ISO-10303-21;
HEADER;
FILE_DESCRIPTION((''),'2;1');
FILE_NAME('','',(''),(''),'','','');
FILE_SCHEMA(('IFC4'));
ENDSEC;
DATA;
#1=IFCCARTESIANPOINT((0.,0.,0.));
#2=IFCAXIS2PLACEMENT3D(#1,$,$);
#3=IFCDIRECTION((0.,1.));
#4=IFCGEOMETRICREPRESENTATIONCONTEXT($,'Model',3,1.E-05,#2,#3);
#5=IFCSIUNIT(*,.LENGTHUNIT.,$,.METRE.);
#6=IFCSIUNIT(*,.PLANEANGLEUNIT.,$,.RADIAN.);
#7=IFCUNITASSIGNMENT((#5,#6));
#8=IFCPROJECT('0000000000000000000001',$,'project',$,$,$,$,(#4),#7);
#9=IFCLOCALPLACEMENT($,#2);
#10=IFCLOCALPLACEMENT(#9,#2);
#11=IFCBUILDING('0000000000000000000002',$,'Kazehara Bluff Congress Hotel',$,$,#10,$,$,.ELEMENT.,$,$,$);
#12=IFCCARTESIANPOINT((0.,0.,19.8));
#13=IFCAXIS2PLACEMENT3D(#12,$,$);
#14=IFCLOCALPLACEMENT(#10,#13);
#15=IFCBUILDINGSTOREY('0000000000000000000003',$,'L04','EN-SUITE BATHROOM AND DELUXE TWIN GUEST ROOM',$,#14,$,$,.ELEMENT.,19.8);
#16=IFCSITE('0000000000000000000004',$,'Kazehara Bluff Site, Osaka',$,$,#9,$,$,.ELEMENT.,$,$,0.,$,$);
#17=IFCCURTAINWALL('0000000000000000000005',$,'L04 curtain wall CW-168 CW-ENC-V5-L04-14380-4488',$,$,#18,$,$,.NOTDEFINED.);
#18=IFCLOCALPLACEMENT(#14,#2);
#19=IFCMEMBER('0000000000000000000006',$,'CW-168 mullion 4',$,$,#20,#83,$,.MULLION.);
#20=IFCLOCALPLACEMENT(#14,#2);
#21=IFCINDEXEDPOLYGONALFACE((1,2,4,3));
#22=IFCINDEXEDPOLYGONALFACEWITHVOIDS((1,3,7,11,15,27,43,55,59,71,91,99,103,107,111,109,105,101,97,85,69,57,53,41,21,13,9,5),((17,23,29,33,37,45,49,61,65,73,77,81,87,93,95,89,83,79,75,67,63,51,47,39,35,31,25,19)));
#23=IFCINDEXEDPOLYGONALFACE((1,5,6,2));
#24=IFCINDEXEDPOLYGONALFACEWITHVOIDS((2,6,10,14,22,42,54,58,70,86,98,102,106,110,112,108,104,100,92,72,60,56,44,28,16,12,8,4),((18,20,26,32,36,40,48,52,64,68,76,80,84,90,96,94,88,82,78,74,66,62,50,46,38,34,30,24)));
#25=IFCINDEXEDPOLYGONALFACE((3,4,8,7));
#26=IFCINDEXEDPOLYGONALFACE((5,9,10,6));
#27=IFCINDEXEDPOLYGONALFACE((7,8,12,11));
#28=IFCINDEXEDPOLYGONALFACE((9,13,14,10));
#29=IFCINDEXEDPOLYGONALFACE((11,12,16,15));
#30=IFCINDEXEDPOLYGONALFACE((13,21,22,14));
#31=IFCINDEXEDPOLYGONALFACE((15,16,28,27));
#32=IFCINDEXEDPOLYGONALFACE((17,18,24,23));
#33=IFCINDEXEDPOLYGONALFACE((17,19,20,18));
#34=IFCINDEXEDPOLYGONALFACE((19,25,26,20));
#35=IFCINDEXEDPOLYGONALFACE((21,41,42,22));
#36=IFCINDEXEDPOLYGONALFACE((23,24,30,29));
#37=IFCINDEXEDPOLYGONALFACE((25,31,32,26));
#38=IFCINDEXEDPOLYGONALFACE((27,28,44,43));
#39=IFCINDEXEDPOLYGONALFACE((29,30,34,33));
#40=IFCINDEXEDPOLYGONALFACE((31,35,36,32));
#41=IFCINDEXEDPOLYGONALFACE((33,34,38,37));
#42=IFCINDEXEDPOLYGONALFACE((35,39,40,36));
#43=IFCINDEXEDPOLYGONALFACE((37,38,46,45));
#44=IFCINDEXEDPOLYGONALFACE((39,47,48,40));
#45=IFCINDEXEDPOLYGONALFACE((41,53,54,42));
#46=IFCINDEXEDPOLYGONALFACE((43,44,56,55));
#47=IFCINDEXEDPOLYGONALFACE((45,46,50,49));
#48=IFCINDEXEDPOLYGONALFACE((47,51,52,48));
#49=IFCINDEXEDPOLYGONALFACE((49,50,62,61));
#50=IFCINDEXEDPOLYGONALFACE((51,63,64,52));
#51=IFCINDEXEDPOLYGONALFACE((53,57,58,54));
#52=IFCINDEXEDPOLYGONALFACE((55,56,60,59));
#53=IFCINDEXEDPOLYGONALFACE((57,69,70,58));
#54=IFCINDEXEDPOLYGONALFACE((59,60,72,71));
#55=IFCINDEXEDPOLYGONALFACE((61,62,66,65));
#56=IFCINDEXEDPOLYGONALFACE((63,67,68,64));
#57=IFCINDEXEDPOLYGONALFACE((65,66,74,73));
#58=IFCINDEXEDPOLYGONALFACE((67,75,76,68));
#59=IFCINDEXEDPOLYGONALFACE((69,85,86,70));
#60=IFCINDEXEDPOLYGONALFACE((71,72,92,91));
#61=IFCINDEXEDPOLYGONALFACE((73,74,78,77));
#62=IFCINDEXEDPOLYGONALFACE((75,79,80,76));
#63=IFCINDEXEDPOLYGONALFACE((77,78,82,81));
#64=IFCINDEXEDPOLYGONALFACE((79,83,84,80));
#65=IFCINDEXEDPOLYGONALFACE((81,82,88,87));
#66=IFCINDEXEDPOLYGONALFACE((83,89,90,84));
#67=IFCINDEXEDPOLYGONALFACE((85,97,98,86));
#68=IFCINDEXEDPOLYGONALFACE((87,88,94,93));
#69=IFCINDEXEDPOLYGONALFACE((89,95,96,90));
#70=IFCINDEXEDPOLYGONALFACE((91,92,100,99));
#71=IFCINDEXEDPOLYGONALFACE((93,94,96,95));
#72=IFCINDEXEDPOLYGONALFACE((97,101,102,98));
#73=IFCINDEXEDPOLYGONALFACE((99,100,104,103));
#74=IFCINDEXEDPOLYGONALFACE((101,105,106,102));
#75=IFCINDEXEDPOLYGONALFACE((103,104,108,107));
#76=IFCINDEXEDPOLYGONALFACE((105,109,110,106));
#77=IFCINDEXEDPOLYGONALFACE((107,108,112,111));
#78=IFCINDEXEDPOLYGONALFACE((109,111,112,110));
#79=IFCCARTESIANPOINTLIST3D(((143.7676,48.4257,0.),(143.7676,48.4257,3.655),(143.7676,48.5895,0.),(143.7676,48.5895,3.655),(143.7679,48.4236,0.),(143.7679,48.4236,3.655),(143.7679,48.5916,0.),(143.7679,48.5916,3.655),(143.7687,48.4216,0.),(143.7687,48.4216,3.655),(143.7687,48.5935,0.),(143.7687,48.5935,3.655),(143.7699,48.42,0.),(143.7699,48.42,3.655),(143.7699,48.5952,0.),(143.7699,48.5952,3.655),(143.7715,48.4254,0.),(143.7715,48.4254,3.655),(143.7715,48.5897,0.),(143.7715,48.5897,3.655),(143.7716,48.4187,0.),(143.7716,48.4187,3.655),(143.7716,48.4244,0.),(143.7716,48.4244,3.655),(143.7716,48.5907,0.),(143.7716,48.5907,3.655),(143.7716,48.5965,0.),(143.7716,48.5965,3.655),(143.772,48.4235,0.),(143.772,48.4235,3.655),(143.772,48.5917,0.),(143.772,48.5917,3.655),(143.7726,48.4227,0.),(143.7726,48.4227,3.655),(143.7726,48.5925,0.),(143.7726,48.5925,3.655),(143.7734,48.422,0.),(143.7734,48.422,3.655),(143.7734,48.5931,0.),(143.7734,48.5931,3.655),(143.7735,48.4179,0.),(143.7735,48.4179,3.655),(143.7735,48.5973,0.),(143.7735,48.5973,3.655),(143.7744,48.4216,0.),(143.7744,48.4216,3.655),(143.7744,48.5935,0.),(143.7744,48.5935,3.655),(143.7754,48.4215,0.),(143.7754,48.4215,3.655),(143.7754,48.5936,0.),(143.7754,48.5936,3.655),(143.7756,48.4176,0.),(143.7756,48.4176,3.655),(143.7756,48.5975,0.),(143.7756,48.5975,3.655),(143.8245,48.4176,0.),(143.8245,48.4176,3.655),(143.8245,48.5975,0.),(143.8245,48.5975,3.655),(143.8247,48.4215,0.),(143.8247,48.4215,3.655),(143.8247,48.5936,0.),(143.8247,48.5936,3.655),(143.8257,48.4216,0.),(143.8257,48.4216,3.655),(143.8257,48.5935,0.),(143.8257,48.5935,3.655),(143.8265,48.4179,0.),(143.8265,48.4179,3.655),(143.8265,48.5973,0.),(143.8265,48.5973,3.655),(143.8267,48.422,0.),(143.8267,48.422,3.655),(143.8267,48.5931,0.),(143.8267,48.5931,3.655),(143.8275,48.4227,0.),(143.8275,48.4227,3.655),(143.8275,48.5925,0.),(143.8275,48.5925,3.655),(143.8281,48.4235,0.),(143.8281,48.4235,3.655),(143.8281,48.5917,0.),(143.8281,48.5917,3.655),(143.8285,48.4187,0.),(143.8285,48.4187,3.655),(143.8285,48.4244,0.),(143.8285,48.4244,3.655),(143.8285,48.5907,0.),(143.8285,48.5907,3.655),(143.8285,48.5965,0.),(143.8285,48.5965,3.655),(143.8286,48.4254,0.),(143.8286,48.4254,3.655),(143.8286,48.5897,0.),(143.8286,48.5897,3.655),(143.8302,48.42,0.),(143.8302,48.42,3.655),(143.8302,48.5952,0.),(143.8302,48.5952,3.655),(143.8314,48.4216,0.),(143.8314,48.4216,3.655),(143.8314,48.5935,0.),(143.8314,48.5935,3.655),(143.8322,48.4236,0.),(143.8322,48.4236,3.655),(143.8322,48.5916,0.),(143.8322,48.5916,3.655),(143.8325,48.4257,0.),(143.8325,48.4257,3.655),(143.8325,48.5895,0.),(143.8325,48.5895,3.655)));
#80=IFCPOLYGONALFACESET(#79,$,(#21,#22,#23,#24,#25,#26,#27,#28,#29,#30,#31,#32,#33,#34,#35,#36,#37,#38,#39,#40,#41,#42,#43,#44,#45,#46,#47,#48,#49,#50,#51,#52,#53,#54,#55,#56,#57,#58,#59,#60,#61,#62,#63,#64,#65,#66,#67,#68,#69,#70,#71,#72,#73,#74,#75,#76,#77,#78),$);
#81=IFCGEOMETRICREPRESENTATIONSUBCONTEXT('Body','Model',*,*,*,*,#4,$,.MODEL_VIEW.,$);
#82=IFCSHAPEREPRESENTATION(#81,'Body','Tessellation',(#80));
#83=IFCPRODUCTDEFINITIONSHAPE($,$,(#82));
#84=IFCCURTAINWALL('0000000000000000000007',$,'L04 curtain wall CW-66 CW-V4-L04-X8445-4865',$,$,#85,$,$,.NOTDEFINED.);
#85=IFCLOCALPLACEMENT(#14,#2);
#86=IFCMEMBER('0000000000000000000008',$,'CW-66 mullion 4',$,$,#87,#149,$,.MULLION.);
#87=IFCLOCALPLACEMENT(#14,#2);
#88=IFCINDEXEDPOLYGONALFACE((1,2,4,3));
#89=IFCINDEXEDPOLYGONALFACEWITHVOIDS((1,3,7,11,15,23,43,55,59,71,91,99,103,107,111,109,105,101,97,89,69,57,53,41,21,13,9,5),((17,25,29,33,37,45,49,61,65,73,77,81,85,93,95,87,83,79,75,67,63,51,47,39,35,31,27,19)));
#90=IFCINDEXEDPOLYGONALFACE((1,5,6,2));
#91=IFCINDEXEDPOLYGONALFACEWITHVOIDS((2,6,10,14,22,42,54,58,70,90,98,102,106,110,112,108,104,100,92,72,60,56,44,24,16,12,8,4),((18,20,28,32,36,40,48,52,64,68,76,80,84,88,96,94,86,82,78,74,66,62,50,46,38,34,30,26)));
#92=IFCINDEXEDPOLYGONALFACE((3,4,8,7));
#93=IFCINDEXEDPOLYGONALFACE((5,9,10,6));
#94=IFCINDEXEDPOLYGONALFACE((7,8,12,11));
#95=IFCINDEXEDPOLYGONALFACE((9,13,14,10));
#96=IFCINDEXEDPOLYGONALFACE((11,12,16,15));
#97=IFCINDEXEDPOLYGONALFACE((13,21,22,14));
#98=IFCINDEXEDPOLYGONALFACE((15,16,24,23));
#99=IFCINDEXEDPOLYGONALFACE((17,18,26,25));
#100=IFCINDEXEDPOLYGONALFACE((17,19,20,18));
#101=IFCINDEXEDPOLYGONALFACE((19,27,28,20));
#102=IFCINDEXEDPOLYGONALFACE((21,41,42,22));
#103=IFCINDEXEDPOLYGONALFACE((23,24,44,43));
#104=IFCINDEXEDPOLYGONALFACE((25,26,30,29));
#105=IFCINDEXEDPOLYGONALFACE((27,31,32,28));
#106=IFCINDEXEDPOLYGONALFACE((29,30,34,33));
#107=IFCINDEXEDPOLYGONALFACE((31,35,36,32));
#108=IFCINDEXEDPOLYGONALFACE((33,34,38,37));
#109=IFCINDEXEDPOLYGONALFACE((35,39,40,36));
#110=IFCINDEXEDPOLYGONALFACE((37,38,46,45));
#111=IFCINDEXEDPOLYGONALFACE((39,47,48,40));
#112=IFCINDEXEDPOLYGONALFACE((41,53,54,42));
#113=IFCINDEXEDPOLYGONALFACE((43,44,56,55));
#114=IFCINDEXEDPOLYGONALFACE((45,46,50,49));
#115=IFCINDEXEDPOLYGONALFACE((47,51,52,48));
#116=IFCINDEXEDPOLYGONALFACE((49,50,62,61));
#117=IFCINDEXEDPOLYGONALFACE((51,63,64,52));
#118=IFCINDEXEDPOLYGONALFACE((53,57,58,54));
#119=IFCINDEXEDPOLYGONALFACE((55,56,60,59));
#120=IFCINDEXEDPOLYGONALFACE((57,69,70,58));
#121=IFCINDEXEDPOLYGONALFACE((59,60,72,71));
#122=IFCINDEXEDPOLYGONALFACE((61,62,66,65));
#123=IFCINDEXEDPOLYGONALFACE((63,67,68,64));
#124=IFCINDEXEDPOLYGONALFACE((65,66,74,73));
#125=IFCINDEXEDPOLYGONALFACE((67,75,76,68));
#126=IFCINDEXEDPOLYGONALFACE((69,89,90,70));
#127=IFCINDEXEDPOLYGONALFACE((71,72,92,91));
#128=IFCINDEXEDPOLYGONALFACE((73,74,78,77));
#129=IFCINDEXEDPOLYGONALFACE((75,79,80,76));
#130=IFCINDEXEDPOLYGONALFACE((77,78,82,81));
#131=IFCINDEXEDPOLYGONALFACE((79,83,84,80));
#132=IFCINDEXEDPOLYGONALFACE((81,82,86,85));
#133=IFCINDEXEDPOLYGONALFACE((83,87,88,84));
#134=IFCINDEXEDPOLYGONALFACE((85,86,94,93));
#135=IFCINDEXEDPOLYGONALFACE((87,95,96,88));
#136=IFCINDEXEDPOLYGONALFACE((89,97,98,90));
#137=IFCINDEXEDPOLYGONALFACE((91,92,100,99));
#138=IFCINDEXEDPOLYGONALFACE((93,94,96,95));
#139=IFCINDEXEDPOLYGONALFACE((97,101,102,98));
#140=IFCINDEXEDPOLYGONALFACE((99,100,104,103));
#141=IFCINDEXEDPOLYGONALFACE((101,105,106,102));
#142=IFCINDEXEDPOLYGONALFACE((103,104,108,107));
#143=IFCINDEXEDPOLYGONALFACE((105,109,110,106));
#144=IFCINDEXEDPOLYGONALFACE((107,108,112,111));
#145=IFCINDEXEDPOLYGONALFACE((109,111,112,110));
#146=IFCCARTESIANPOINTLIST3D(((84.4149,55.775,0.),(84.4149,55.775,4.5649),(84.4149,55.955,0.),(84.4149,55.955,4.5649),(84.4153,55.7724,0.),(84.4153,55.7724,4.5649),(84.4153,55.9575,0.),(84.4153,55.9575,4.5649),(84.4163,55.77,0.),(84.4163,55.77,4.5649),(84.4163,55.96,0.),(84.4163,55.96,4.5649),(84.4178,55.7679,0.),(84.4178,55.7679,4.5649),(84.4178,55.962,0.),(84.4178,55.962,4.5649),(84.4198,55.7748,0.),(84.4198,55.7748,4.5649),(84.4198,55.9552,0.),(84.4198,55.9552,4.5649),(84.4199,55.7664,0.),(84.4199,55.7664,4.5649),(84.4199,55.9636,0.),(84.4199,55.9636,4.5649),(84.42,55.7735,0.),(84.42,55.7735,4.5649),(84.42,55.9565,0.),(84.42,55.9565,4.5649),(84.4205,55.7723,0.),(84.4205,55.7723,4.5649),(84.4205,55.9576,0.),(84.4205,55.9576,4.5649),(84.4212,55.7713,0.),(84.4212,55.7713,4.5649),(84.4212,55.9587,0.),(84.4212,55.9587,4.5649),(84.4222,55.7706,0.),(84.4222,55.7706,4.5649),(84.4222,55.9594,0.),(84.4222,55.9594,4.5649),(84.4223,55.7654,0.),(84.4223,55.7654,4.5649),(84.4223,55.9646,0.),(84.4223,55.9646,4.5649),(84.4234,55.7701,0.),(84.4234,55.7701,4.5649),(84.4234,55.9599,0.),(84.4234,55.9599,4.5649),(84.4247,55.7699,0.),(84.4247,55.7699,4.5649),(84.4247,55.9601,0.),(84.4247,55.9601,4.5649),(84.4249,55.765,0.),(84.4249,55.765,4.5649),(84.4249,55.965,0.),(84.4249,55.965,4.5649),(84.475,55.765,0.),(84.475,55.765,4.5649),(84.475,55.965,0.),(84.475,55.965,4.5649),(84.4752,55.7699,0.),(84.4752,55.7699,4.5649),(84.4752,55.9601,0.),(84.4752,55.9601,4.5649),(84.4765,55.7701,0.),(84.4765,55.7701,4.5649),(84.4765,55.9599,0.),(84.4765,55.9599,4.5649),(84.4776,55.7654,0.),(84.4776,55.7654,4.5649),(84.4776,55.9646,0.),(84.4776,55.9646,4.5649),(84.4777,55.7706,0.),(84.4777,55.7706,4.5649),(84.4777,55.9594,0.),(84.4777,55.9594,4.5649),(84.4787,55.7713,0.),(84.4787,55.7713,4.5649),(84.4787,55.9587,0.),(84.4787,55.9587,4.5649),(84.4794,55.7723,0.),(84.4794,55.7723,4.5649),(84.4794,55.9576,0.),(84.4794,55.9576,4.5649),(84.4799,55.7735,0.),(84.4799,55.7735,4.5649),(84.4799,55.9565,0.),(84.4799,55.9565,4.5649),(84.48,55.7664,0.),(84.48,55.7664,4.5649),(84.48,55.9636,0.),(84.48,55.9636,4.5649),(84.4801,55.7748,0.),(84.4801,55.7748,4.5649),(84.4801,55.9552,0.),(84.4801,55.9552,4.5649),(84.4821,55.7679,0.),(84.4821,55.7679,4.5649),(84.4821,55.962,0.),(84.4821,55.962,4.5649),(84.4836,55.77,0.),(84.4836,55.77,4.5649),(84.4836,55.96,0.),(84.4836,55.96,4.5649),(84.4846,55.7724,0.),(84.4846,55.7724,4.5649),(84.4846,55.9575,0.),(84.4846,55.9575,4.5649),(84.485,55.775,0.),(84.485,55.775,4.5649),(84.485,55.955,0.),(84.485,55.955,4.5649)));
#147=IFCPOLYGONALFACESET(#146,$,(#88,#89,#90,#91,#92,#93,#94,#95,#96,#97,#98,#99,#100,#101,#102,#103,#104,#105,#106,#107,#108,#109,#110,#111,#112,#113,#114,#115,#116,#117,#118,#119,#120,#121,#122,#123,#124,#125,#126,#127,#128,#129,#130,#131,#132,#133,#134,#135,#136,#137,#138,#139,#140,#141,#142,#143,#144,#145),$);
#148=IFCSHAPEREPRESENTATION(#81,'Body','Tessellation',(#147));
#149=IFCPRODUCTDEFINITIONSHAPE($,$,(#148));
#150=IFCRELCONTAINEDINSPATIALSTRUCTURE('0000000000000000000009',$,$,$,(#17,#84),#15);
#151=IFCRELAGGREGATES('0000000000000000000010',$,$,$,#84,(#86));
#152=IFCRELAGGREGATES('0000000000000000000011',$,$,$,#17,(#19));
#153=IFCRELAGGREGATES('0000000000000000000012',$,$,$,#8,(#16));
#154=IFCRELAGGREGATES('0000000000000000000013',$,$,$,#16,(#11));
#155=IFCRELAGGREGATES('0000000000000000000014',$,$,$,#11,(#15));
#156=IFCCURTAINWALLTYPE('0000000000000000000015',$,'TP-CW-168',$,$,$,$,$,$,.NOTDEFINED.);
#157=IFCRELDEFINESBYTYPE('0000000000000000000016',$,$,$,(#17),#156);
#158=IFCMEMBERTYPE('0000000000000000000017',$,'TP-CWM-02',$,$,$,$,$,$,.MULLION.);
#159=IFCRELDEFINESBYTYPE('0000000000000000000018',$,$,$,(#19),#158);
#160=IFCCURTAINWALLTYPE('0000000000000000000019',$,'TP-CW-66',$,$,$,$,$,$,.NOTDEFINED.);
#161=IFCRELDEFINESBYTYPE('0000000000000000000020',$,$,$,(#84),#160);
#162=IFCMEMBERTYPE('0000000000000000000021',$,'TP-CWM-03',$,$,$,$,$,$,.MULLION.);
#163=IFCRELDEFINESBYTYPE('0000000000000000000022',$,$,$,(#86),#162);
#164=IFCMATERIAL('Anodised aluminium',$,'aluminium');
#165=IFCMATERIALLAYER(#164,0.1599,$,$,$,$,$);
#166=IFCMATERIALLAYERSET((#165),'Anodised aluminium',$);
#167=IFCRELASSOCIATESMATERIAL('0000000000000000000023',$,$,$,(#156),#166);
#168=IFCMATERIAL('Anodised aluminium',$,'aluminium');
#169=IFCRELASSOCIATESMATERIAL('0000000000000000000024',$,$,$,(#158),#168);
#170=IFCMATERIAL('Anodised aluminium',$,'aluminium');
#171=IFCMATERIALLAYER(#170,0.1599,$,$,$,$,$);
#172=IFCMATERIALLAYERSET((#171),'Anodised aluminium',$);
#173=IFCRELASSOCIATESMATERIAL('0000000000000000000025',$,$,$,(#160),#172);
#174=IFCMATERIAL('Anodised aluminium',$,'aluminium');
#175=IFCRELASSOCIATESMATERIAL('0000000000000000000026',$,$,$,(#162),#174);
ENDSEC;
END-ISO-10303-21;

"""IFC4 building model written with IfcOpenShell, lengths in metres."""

from ifc_helpers import new_model, si_unit, direction, frame, origin, origin_2d, place, context, subcontext, project, spatial, hollow_rectangle, extrude, material, layer, layer_set, material_profile, profile_set, type_object, element, aggregate, save


model = new_model("IFC4")

# Units and contexts
model_context = context("Model", 3, precision=1e-05, world=origin(), true_north=direction((0.0, 1.0)))
body_context = subcontext(model_context, "Body", "Model", "MODEL_VIEW")
ifc_project = project(units=[si_unit("LENGTHUNIT", "METRE"), si_unit("PLANEANGLEUNIT", "RADIAN")], contexts=[model_context])

# Site, building, storey
site_placement = place(None, origin())
site = spatial("IfcSite", under=ifc_project, at=site_placement, Name="Kazehara Bluff Site, Osaka", CompositionType="ELEMENT", RefElevation=0.0)
building_placement = place(site_placement, origin())
building = spatial("IfcBuilding", under=site, at=building_placement, Name="Kazehara Bluff Congress Hotel", CompositionType="ELEMENT")
storey_placement = place(building_placement, frame((0.0, 0.0, 19.8)))
storey = spatial("IfcBuildingStorey", under=building, at=storey_placement, Name="L04", Description="EN-SUITE BATHROOM AND DELUXE TWIN GUEST ROOM", CompositionType="ELEMENT", Elevation=19.8)

# Curtain wall, member
ifc_material_1 = material(Name="Anodised aluminium", Category="aluminium")
ifc_layer_1 = layer(ifc_material_1, 0.1599)
ifc_layer_set_1 = layer_set([ifc_layer_1], Name="Anodised aluminium")
curtain_wall_type_1 = type_object("IfcCurtainWallType", Name="TP-CW-168", PredefinedType="NOTDEFINED", material=ifc_layer_set_1)
curtain_wall_1_placement = place(storey_placement, origin())
curtain_wall_1 = element("IfcCurtainWall", 1, at=curtain_wall_1_placement, inside=storey, type_object=curtain_wall_type_1, Name="L04 curtain wall CW-168 CW-ENC-V5-L04-14380-4488", PredefinedType="NOTDEFINED")
ifc_material_2 = material(Name="Anodised aluminium", Category="aluminium")
ifc_material_profile_1 = material_profile(ifc_material_2, hollow_rectangle(XDim=0.0649, YDim=0.1799, WallThickness=0.0039, InnerFilletRadius=0.0039, OuterFilletRadius=0.0081, at=origin_2d()))
ifc_profile_set_1 = profile_set([ifc_material_profile_1], Name="Anodised aluminium")
member_type_1 = type_object("IfcMemberType", Name="TP-CWM-02", PredefinedType="MULLION", material=ifc_profile_set_1)
member_1_placement = place(storey_placement, frame((143.8, 48.5076, 0.0), z_axis=(0.0, 0.0, 1.0), x_axis=(-1.0, 0.0, 0.0)))
member_1 = element("IfcMember", 2, at=member_1_placement, type_object=member_type_1, Name="CW-168 mullion 4", PredefinedType="MULLION", context=body_context, shape_type="SweptSolid", body=[
    extrude(hollow_rectangle(XDim=0.0649, YDim=0.1799, WallThickness=0.0039, InnerFilletRadius=0.0039, OuterFilletRadius=0.0081, at=origin_2d()), origin(), (0.0, 0.0, 1.0), 3.655),
])

# Curtain wall, member
ifc_material_3 = material(Name="Anodised aluminium", Category="aluminium")
ifc_layer_2 = layer(ifc_material_3, 0.1599)
ifc_layer_set_2 = layer_set([ifc_layer_2], Name="Anodised aluminium")
curtain_wall_type_2 = type_object("IfcCurtainWallType", Name="TP-CW-66", PredefinedType="NOTDEFINED", material=ifc_layer_set_2)
curtain_wall_2_placement = place(storey_placement, origin())
curtain_wall_2 = element("IfcCurtainWall", 3, at=curtain_wall_2_placement, inside=storey, type_object=curtain_wall_type_2, Name="L04 curtain wall CW-66 CW-V4-L04-X8445-4865", PredefinedType="NOTDEFINED")
ifc_material_4 = material(Name="Anodised aluminium", Category="aluminium")
ifc_material_profile_2 = material_profile(ifc_material_4, hollow_rectangle(XDim=0.0701, YDim=0.2, WallThickness=0.0049, InnerFilletRadius=0.0049, OuterFilletRadius=0.01, at=origin_2d()))
ifc_profile_set_2 = profile_set([ifc_material_profile_2], Name="Anodised aluminium")
member_type_2 = type_object("IfcMemberType", Name="TP-CWM-03", PredefinedType="MULLION", material=ifc_profile_set_2)
member_2_placement = place(storey_placement, frame((84.45, 55.865, 0.0), z_axis=(0.0, 0.0, 1.0), x_axis=(-1.0, 0.0, 0.0)))
member_2 = element("IfcMember", 4, at=member_2_placement, type_object=member_type_2, Name="CW-66 mullion 4", PredefinedType="MULLION", context=body_context, shape_type="SweptSolid", body=[
    extrude(hollow_rectangle(XDim=0.0701, YDim=0.2, WallThickness=0.0049, InnerFilletRadius=0.0049, OuterFilletRadius=0.01, at=origin_2d()), origin(), (0.0, 0.0, 1.0), 4.5649),
])
aggregate(curtain_wall_2, [member_2])

aggregate(curtain_wall_1, [member_1])

save(model, "model.ifc")
